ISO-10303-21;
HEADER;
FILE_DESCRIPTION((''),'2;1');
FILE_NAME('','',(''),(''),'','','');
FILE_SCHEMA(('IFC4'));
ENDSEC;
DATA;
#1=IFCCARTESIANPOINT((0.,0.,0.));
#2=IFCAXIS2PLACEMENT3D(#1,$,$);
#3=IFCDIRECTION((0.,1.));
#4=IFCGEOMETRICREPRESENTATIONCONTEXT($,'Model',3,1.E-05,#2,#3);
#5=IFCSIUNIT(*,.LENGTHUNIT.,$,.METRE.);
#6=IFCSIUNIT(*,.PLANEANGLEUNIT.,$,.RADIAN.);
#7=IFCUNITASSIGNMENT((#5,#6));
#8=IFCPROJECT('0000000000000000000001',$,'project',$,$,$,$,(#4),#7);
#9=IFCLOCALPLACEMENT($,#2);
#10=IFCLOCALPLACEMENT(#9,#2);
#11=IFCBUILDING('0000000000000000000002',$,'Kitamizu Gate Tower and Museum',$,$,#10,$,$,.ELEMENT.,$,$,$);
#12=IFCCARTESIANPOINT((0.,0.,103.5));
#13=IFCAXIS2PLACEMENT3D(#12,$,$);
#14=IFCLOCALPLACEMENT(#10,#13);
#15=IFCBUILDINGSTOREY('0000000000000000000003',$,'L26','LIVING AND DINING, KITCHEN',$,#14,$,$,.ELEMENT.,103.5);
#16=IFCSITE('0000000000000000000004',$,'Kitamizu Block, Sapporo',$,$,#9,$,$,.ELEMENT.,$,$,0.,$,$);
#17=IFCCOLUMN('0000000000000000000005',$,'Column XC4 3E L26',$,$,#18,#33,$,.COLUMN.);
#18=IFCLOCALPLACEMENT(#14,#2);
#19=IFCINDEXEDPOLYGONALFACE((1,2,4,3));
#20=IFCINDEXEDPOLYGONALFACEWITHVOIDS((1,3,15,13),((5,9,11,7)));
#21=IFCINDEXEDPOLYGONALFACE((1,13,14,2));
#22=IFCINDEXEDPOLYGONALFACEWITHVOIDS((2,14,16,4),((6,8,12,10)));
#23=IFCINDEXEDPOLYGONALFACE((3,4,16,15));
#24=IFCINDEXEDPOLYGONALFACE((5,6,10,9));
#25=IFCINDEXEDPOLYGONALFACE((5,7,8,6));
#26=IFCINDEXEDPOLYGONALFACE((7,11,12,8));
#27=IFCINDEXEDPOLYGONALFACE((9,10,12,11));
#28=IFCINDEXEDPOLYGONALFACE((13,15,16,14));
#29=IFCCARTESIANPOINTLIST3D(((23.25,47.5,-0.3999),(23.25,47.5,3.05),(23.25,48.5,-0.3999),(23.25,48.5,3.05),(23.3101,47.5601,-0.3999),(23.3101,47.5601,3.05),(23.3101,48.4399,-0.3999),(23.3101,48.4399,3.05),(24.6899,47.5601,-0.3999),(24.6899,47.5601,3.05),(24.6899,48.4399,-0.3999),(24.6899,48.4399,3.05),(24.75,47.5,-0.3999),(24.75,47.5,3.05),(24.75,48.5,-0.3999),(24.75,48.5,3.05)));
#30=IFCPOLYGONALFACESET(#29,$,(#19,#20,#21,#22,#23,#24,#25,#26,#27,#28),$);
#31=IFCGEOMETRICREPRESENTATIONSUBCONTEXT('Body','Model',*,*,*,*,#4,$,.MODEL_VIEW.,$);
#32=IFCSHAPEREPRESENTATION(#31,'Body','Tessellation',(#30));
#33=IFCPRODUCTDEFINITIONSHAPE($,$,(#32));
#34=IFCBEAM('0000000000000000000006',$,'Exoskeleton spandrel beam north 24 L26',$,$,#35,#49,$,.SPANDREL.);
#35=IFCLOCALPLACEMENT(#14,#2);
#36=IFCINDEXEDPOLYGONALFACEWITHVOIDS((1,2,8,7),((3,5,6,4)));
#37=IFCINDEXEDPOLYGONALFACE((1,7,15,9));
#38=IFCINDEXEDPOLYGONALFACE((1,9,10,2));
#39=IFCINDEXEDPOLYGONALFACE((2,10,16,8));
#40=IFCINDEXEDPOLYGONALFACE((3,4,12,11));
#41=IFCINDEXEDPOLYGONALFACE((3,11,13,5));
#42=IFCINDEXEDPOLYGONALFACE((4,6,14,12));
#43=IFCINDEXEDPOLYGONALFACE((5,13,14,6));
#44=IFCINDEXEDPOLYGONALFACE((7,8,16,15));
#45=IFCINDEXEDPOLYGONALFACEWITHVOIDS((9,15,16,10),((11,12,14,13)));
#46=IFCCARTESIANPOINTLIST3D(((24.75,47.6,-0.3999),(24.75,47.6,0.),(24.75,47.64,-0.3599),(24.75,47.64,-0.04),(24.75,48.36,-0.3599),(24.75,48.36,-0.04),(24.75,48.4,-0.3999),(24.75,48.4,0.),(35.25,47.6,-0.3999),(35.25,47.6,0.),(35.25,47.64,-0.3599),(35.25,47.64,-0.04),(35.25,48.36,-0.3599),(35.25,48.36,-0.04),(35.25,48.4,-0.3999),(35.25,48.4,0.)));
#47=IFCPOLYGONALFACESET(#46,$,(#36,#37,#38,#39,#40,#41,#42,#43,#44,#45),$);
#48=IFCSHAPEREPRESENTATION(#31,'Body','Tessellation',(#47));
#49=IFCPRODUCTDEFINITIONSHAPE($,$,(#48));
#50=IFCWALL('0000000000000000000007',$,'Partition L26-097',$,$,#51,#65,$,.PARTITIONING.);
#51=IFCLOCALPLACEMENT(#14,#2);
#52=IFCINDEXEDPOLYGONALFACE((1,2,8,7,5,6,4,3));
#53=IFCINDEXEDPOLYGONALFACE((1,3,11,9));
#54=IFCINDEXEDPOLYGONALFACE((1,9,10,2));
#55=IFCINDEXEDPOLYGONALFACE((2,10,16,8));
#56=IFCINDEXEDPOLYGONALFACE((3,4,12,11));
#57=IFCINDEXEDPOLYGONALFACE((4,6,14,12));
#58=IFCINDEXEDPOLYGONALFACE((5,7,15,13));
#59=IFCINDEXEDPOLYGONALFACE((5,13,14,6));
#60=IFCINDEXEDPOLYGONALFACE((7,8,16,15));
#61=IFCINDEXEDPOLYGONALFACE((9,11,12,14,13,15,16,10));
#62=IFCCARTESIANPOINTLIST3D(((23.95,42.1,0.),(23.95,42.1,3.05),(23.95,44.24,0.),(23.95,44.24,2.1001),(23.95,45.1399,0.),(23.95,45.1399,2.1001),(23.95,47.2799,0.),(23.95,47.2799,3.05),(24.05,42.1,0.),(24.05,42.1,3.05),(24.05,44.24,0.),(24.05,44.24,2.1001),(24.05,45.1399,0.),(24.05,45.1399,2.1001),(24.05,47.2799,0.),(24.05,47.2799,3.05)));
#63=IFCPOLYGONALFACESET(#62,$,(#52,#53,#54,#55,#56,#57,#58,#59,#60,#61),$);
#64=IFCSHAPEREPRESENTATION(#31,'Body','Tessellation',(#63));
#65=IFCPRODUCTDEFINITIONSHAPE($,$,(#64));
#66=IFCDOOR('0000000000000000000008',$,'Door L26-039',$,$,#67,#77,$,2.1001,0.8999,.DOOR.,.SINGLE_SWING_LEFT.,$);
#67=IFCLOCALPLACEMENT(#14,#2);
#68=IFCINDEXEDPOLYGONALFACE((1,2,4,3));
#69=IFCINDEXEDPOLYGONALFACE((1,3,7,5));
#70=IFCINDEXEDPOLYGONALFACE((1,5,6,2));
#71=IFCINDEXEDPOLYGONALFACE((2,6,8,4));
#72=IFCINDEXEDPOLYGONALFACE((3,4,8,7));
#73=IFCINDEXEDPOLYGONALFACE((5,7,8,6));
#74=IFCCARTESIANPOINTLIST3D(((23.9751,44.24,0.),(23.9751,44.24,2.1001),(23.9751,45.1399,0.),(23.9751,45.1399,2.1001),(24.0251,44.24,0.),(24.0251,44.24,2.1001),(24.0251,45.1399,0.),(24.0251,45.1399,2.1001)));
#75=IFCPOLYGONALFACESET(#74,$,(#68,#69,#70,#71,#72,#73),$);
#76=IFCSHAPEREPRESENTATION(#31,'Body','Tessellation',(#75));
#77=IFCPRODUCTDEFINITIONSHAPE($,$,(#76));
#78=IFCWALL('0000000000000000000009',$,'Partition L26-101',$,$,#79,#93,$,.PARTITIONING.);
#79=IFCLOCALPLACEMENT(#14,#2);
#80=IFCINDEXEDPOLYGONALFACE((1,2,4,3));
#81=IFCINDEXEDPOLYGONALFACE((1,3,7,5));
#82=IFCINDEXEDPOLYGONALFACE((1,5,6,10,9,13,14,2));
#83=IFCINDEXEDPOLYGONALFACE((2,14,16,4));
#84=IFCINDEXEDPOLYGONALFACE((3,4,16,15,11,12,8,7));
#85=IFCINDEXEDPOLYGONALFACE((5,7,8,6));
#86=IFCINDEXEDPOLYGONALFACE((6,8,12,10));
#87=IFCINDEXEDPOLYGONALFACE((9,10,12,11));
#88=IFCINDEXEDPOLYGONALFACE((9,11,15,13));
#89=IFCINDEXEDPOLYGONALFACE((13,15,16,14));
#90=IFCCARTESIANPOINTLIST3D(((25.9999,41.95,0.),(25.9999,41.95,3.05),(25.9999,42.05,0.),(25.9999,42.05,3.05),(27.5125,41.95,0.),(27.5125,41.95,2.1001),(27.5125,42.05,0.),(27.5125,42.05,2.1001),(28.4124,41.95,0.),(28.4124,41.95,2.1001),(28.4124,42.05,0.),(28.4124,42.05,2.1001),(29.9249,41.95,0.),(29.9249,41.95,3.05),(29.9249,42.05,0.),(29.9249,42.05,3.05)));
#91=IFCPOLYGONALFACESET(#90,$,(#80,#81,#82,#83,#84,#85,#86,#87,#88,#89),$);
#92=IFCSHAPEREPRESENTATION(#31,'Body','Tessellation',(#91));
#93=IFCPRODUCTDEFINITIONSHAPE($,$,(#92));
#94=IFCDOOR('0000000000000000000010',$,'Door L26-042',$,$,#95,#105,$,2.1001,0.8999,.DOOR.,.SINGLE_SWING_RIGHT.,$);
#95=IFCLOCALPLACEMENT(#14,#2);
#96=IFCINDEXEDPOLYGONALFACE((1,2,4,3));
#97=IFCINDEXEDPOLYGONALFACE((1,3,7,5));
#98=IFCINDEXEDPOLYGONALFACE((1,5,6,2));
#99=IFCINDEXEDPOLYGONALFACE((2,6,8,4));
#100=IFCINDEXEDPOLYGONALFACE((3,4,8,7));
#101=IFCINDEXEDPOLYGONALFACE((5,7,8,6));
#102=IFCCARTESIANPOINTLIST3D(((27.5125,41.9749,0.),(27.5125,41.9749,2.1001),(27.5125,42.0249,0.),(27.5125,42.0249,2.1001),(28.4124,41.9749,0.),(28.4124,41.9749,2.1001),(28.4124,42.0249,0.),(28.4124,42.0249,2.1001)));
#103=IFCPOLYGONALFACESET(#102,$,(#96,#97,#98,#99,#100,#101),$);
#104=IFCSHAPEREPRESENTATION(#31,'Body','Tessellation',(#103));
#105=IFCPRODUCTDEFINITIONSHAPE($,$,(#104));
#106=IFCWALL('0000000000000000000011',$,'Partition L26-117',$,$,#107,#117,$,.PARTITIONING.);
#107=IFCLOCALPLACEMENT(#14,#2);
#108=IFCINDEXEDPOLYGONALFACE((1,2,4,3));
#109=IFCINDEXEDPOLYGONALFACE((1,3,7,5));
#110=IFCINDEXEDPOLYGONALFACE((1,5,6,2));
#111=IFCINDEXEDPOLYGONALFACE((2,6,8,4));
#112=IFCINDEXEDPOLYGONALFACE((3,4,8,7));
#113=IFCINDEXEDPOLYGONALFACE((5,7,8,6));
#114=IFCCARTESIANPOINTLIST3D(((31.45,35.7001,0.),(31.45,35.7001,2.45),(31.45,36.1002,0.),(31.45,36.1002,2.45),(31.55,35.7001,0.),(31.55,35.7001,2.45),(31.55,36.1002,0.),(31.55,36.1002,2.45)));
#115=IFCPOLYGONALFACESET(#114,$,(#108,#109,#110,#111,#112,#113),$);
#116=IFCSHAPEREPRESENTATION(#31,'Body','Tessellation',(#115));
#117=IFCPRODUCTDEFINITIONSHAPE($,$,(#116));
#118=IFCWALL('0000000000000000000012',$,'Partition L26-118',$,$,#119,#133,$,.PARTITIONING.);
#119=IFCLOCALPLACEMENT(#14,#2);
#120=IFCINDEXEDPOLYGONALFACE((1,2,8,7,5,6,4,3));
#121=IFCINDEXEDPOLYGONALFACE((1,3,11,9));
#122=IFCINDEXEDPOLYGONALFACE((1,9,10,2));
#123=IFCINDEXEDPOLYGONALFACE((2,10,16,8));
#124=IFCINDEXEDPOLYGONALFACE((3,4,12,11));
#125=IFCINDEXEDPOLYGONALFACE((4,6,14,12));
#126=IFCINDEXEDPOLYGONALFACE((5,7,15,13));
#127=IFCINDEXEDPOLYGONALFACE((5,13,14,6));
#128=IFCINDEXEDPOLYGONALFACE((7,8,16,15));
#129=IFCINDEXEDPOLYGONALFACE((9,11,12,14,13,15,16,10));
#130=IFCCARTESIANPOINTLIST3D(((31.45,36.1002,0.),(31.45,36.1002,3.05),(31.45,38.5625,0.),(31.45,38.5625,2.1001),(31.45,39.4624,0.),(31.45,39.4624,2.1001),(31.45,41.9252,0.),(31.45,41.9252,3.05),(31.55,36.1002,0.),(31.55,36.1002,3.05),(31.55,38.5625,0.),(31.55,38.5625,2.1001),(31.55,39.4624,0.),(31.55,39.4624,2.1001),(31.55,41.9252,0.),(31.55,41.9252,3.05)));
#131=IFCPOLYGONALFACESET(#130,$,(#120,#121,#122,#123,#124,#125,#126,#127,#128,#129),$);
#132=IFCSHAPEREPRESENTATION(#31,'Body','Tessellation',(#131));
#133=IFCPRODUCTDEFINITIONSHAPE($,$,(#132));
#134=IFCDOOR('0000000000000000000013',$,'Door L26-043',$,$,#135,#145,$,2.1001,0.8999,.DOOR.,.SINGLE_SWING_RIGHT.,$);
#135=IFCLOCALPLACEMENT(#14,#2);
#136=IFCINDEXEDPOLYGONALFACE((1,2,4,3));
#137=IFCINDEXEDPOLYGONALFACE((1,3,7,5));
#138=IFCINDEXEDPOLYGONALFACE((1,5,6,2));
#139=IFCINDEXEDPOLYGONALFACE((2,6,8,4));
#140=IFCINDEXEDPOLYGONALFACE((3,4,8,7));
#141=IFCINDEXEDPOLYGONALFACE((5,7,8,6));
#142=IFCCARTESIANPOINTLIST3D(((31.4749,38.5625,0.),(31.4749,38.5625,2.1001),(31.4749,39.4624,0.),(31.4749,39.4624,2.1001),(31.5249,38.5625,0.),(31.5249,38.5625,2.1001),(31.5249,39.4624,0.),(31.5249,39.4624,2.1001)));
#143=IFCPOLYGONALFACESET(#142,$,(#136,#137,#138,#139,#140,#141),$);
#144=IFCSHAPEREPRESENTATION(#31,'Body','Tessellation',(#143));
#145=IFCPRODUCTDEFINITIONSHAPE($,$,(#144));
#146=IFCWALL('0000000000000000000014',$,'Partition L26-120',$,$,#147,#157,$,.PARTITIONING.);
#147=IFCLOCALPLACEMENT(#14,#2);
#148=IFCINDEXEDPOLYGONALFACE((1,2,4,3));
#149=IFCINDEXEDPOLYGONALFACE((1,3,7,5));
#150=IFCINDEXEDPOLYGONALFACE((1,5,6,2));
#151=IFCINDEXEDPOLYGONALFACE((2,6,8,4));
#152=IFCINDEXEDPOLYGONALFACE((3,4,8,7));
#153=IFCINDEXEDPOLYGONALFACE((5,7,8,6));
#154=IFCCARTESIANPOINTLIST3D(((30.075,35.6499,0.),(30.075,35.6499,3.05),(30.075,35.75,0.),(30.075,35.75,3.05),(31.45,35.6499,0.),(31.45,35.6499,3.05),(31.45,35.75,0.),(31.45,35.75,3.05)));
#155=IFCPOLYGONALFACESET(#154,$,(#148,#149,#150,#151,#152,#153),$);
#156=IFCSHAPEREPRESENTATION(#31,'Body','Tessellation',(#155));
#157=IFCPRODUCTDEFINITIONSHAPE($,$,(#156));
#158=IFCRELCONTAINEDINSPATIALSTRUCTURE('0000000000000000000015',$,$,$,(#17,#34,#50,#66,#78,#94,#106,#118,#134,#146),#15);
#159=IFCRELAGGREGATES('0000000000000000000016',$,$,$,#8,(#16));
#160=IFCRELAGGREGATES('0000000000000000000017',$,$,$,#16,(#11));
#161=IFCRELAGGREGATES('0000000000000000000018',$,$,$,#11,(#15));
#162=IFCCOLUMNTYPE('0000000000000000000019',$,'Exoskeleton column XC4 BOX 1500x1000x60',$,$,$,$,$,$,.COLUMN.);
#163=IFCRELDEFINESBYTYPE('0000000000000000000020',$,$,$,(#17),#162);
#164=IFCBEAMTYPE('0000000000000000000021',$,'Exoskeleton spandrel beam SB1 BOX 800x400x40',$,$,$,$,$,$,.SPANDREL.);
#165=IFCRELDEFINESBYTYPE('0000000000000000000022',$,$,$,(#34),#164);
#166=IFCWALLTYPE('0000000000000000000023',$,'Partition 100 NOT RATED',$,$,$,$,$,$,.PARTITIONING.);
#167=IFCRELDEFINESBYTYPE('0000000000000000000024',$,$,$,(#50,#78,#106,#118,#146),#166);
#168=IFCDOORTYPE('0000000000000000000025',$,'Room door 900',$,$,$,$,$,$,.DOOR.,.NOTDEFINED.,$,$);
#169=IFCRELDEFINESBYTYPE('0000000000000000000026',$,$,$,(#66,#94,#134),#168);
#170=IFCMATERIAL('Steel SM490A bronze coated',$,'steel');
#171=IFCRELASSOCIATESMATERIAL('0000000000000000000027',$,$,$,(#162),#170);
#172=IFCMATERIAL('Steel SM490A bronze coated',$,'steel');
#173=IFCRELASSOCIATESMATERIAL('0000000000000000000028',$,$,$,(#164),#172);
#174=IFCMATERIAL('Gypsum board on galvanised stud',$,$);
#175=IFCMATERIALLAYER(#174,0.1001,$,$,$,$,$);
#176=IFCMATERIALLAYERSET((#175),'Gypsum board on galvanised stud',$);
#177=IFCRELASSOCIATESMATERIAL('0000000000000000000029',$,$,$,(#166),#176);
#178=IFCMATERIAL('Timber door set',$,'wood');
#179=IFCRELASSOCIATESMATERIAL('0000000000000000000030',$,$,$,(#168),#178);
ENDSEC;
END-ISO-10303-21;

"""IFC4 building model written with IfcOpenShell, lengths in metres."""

from ifc_helpers import new_model, si_unit, direction, frame, frame_2d, origin, origin_2d, place, context, subcontext, project, spatial, rectangle, hollow_rectangle, extrude, material, layer, layer_set, material_profile, profile_set, type_object, element, fill, save


model = new_model("IFC4")

# Units and contexts
model_context = context("Model", 3, precision=1e-05, world=origin(), true_north=direction((0.0, 1.0)))
body_context = subcontext(model_context, "Body", "Model", "MODEL_VIEW")
ifc_project = project(units=[si_unit("LENGTHUNIT", "METRE"), si_unit("PLANEANGLEUNIT", "RADIAN")], contexts=[model_context])

# Site, building, storey
site_placement = place(None, origin())
site = spatial("IfcSite", under=ifc_project, at=site_placement, Name="Kitamizu Block, Sapporo", CompositionType="ELEMENT", RefElevation=0.0)
building_placement = place(site_placement, origin())
building = spatial("IfcBuilding", under=site, at=building_placement, Name="Kitamizu Gate Tower and Museum", CompositionType="ELEMENT")
storey_placement = place(building_placement, frame((0.0, 0.0, 103.5)))
storey = spatial("IfcBuildingStorey", under=building, at=storey_placement, Name="L26", Description="LIVING AND DINING, KITCHEN", CompositionType="ELEMENT", Elevation=103.5)

# Column
ifc_material_1 = material(Name="Steel SM490A bronze coated", Category="steel")
ifc_material_profile_1 = material_profile(ifc_material_1, hollow_rectangle(XDim=1.5, YDim=1.0, WallThickness=0.0601, at=origin_2d()), Name="BOX 1500x1000x60")
ifc_profile_set_1 = profile_set([ifc_material_profile_1], Name="Steel SM490A bronze coated")
column_type = type_object("IfcColumnType", Name="Exoskeleton column XC4 BOX 1500x1000x60", PredefinedType="COLUMN", material=ifc_profile_set_1)
column_placement = place(storey_placement, frame((24.0, 48.0, -0.3999), z_axis=(0.0, 0.0, 1.0), x_axis=(1.0, 0.0, 0.0)))
element("IfcColumn", 1, at=column_placement, inside=storey, type_object=column_type, Name="Column XC4 3E L26", PredefinedType="COLUMN", context=body_context, shape_type="SweptSolid", body=[
    extrude(hollow_rectangle(XDim=1.5, YDim=1.0, WallThickness=0.0601, at=origin_2d()), origin(), (0.0, 0.0, 1.0), 3.45),
])

# Beam
ifc_material_2 = material(Name="Steel SM490A bronze coated", Category="steel")
ifc_material_profile_2 = material_profile(ifc_material_2, hollow_rectangle(XDim=0.8, YDim=0.3999, WallThickness=0.04, at=origin_2d()), Name="BOX 800x400x40")
ifc_profile_set_2 = profile_set([ifc_material_profile_2], Name="Steel SM490A bronze coated")
beam_type = type_object("IfcBeamType", Name="Exoskeleton spandrel beam SB1 BOX 800x400x40", PredefinedType="SPANDREL", material=ifc_profile_set_2)
beam_placement = place(storey_placement, frame((24.75, 48.0, -0.2), z_axis=(1.0, 0.0, 0.0), x_axis=(0.0, 1.0, 0.0)))
element("IfcBeam", 2, at=beam_placement, inside=storey, type_object=beam_type, Name="Exoskeleton spandrel beam north 24 L26", PredefinedType="SPANDREL", context=body_context, shape_type="SweptSolid", body=[
    extrude(hollow_rectangle(XDim=0.8, YDim=0.3999, WallThickness=0.04, at=origin_2d()), origin(), (0.0, 0.0, 1.0), 10.5),
])

# Walls, openings, doors
ifc_material_3 = material(Name="Gypsum board on galvanised stud")
ifc_layer_1 = layer(ifc_material_3, 0.1001)
ifc_layer_set_1 = layer_set([ifc_layer_1], Name="Gypsum board on galvanised stud")
wall_type_1 = type_object("IfcWallType", Name="Partition 100 NOT RATED", PredefinedType="PARTITIONING", material=ifc_layer_set_1)
wall_1_placement = place(storey_placement, frame((24.0, 42.1001, 0.0), z_axis=(0.0, 0.0, 1.0), x_axis=(0.0, 1.0, 0.0)))
wall_1 = element("IfcWall", 3, at=wall_1_placement, inside=storey, type_object=wall_type_1, Name="Partition L26-097", PredefinedType="PARTITIONING", context=body_context, shape_type="SweptSolid", body=[
    extrude(rectangle(XDim=5.1799, YDim=0.1001, at=frame_2d((2.5898, 0.0))), origin(), (0.0, 0.0, 1.0), 3.05),
])
opening_1_placement = place(wall_1_placement, frame((2.1399, 0.0, 0.0)))
opening_1 = element("IfcOpeningElement", 4, at=opening_1_placement, cuts=wall_1, PredefinedType="OPENING", context=body_context, shape_type="SweptSolid", body=[
    extrude(rectangle(XDim=0.8999, YDim=2.1001, at=frame_2d((0.45, 1.05))), frame((0.0, 0.0601, 0.0), z_axis=(0.0, -1.0, 0.0), x_axis=(1.0, 0.0, 0.0)), (0.0, 0.0, 1.0), 0.1201),
])
ifc_material_4 = material(Name="Timber door set", Category="wood")
door_type_1 = type_object("IfcDoorType", Name="Room door 900", OperationType="NOTDEFINED", PredefinedType="DOOR", material=ifc_material_4)
door_1_placement = place(opening_1_placement, origin())
door_1 = element("IfcDoor", 5, at=door_1_placement, inside=storey, type_object=door_type_1, Name="Door L26-039", OperationType="SINGLE_SWING_LEFT", OverallHeight=2.1001, OverallWidth=0.8999, PredefinedType="DOOR", context=body_context, shape_type="SweptSolid", body=[
    extrude(rectangle(XDim=0.8999, YDim=2.1001, at=frame_2d((0.45, 1.05))), frame((0.0, 0.0249, 0.0), z_axis=(0.0, -1.0, 0.0), x_axis=(1.0, 0.0, 0.0)), (0.0, 0.0, 1.0), 0.05),
])
fill(opening_1, door_1)
wall_2_placement = place(storey_placement, frame((26.0, 42.0, 0.0), z_axis=(0.0, 0.0, 1.0), x_axis=(1.0, 0.0, 0.0)))
wall_2 = element("IfcWall", 6, at=wall_2_placement, inside=storey, type_object=wall_type_1, Name="Partition L26-101", PredefinedType="PARTITIONING", context=body_context, shape_type="SweptSolid", body=[
    extrude(rectangle(XDim=3.925, YDim=0.1001, at=frame_2d((1.9624, 0.0))), origin(), (0.0, 0.0, 1.0), 3.05),
])
opening_2_placement = place(wall_2_placement, frame((1.5125, 0.0, 0.0)))
opening_2 = element("IfcOpeningElement", 7, at=opening_2_placement, cuts=wall_2, PredefinedType="OPENING", context=body_context, shape_type="SweptSolid", body=[
    extrude(rectangle(XDim=0.8999, YDim=2.1001, at=frame_2d((0.45, 1.05))), frame((0.0, 0.0601, 0.0), z_axis=(0.0, -1.0, 0.0), x_axis=(1.0, 0.0, 0.0)), (0.0, 0.0, 1.0), 0.1201),
])
door_2_placement = place(opening_2_placement, origin())
door_2 = element("IfcDoor", 8, at=door_2_placement, inside=storey, type_object=door_type_1, Name="Door L26-042", OperationType="SINGLE_SWING_RIGHT", OverallHeight=2.1001, OverallWidth=0.8999, PredefinedType="DOOR", context=body_context, shape_type="SweptSolid", body=[
    extrude(rectangle(XDim=0.8999, YDim=2.1001, at=frame_2d((0.45, 1.05))), frame((0.0, 0.0249, 0.0), z_axis=(0.0, -1.0, 0.0), x_axis=(1.0, 0.0, 0.0)), (0.0, 0.0, 1.0), 0.05),
])
fill(opening_2, door_2)

# Wall
wall_3_placement = place(storey_placement, frame((31.5, 35.7, 0.0), z_axis=(0.0, 0.0, 1.0), x_axis=(0.0, 1.0, 0.0)))
element("IfcWall", 9, at=wall_3_placement, inside=storey, type_object=wall_type_1, Name="Partition L26-117", PredefinedType="PARTITIONING", context=body_context, shape_type="SweptSolid", body=[
    extrude(rectangle(XDim=0.4001, YDim=0.1001, at=frame_2d((0.2002, 0.0))), origin(), (0.0, 0.0, 1.0), 2.45),
])

# Wall, opening, door
wall_4_placement = place(storey_placement, frame((31.5, 36.1001, 0.0), z_axis=(0.0, 0.0, 1.0), x_axis=(0.0, 1.0, 0.0)))
wall_4 = element("IfcWall", 10, at=wall_4_placement, inside=storey, type_object=wall_type_1, Name="Partition L26-118", PredefinedType="PARTITIONING", context=body_context, shape_type="SweptSolid", body=[
    extrude(rectangle(XDim=5.825, YDim=0.1001, at=frame_2d((2.9126, 0.0))), origin(), (0.0, 0.0, 1.0), 3.05),
])
opening_3_placement = place(wall_4_placement, frame((2.4624, 0.0, 0.0)))
opening_3 = element("IfcOpeningElement", 11, at=opening_3_placement, cuts=wall_4, PredefinedType="OPENING", context=body_context, shape_type="SweptSolid", body=[
    extrude(rectangle(XDim=0.8999, YDim=2.1001, at=frame_2d((0.45, 1.05))), frame((0.0, 0.0601, 0.0), z_axis=(0.0, -1.0, 0.0), x_axis=(1.0, 0.0, 0.0)), (0.0, 0.0, 1.0), 0.1201),
])
door_3_placement = place(opening_3_placement, frame((0.8999, 0.0, 0.0), x_axis=(-1.0, 0.0, 0.0)))
door_3 = element("IfcDoor", 12, at=door_3_placement, inside=storey, type_object=door_type_1, Name="Door L26-043", OperationType="SINGLE_SWING_RIGHT", OverallHeight=2.1001, OverallWidth=0.8999, PredefinedType="DOOR", context=body_context, shape_type="SweptSolid", body=[
    extrude(rectangle(XDim=0.8999, YDim=2.1001, at=frame_2d((0.45, 1.05))), frame((0.0, 0.0249, 0.0), z_axis=(0.0, -1.0, 0.0), x_axis=(1.0, 0.0, 0.0)), (0.0, 0.0, 1.0), 0.05),
])
fill(opening_3, door_3)

# Wall
wall_5_placement = place(storey_placement, frame((30.075, 35.7, 0.0), z_axis=(0.0, 0.0, 1.0), x_axis=(1.0, 0.0, 0.0)))
element("IfcWall", 13, at=wall_5_placement, inside=storey, type_object=wall_type_1, Name="Partition L26-120", PredefinedType="PARTITIONING", context=body_context, shape_type="SweptSolid", body=[
    extrude(rectangle(XDim=1.375, YDim=0.1001, at=frame_2d((0.6875, 0.0))), origin(), (0.0, 0.0, 1.0), 3.05),
])

save(model, "model.ifc")
